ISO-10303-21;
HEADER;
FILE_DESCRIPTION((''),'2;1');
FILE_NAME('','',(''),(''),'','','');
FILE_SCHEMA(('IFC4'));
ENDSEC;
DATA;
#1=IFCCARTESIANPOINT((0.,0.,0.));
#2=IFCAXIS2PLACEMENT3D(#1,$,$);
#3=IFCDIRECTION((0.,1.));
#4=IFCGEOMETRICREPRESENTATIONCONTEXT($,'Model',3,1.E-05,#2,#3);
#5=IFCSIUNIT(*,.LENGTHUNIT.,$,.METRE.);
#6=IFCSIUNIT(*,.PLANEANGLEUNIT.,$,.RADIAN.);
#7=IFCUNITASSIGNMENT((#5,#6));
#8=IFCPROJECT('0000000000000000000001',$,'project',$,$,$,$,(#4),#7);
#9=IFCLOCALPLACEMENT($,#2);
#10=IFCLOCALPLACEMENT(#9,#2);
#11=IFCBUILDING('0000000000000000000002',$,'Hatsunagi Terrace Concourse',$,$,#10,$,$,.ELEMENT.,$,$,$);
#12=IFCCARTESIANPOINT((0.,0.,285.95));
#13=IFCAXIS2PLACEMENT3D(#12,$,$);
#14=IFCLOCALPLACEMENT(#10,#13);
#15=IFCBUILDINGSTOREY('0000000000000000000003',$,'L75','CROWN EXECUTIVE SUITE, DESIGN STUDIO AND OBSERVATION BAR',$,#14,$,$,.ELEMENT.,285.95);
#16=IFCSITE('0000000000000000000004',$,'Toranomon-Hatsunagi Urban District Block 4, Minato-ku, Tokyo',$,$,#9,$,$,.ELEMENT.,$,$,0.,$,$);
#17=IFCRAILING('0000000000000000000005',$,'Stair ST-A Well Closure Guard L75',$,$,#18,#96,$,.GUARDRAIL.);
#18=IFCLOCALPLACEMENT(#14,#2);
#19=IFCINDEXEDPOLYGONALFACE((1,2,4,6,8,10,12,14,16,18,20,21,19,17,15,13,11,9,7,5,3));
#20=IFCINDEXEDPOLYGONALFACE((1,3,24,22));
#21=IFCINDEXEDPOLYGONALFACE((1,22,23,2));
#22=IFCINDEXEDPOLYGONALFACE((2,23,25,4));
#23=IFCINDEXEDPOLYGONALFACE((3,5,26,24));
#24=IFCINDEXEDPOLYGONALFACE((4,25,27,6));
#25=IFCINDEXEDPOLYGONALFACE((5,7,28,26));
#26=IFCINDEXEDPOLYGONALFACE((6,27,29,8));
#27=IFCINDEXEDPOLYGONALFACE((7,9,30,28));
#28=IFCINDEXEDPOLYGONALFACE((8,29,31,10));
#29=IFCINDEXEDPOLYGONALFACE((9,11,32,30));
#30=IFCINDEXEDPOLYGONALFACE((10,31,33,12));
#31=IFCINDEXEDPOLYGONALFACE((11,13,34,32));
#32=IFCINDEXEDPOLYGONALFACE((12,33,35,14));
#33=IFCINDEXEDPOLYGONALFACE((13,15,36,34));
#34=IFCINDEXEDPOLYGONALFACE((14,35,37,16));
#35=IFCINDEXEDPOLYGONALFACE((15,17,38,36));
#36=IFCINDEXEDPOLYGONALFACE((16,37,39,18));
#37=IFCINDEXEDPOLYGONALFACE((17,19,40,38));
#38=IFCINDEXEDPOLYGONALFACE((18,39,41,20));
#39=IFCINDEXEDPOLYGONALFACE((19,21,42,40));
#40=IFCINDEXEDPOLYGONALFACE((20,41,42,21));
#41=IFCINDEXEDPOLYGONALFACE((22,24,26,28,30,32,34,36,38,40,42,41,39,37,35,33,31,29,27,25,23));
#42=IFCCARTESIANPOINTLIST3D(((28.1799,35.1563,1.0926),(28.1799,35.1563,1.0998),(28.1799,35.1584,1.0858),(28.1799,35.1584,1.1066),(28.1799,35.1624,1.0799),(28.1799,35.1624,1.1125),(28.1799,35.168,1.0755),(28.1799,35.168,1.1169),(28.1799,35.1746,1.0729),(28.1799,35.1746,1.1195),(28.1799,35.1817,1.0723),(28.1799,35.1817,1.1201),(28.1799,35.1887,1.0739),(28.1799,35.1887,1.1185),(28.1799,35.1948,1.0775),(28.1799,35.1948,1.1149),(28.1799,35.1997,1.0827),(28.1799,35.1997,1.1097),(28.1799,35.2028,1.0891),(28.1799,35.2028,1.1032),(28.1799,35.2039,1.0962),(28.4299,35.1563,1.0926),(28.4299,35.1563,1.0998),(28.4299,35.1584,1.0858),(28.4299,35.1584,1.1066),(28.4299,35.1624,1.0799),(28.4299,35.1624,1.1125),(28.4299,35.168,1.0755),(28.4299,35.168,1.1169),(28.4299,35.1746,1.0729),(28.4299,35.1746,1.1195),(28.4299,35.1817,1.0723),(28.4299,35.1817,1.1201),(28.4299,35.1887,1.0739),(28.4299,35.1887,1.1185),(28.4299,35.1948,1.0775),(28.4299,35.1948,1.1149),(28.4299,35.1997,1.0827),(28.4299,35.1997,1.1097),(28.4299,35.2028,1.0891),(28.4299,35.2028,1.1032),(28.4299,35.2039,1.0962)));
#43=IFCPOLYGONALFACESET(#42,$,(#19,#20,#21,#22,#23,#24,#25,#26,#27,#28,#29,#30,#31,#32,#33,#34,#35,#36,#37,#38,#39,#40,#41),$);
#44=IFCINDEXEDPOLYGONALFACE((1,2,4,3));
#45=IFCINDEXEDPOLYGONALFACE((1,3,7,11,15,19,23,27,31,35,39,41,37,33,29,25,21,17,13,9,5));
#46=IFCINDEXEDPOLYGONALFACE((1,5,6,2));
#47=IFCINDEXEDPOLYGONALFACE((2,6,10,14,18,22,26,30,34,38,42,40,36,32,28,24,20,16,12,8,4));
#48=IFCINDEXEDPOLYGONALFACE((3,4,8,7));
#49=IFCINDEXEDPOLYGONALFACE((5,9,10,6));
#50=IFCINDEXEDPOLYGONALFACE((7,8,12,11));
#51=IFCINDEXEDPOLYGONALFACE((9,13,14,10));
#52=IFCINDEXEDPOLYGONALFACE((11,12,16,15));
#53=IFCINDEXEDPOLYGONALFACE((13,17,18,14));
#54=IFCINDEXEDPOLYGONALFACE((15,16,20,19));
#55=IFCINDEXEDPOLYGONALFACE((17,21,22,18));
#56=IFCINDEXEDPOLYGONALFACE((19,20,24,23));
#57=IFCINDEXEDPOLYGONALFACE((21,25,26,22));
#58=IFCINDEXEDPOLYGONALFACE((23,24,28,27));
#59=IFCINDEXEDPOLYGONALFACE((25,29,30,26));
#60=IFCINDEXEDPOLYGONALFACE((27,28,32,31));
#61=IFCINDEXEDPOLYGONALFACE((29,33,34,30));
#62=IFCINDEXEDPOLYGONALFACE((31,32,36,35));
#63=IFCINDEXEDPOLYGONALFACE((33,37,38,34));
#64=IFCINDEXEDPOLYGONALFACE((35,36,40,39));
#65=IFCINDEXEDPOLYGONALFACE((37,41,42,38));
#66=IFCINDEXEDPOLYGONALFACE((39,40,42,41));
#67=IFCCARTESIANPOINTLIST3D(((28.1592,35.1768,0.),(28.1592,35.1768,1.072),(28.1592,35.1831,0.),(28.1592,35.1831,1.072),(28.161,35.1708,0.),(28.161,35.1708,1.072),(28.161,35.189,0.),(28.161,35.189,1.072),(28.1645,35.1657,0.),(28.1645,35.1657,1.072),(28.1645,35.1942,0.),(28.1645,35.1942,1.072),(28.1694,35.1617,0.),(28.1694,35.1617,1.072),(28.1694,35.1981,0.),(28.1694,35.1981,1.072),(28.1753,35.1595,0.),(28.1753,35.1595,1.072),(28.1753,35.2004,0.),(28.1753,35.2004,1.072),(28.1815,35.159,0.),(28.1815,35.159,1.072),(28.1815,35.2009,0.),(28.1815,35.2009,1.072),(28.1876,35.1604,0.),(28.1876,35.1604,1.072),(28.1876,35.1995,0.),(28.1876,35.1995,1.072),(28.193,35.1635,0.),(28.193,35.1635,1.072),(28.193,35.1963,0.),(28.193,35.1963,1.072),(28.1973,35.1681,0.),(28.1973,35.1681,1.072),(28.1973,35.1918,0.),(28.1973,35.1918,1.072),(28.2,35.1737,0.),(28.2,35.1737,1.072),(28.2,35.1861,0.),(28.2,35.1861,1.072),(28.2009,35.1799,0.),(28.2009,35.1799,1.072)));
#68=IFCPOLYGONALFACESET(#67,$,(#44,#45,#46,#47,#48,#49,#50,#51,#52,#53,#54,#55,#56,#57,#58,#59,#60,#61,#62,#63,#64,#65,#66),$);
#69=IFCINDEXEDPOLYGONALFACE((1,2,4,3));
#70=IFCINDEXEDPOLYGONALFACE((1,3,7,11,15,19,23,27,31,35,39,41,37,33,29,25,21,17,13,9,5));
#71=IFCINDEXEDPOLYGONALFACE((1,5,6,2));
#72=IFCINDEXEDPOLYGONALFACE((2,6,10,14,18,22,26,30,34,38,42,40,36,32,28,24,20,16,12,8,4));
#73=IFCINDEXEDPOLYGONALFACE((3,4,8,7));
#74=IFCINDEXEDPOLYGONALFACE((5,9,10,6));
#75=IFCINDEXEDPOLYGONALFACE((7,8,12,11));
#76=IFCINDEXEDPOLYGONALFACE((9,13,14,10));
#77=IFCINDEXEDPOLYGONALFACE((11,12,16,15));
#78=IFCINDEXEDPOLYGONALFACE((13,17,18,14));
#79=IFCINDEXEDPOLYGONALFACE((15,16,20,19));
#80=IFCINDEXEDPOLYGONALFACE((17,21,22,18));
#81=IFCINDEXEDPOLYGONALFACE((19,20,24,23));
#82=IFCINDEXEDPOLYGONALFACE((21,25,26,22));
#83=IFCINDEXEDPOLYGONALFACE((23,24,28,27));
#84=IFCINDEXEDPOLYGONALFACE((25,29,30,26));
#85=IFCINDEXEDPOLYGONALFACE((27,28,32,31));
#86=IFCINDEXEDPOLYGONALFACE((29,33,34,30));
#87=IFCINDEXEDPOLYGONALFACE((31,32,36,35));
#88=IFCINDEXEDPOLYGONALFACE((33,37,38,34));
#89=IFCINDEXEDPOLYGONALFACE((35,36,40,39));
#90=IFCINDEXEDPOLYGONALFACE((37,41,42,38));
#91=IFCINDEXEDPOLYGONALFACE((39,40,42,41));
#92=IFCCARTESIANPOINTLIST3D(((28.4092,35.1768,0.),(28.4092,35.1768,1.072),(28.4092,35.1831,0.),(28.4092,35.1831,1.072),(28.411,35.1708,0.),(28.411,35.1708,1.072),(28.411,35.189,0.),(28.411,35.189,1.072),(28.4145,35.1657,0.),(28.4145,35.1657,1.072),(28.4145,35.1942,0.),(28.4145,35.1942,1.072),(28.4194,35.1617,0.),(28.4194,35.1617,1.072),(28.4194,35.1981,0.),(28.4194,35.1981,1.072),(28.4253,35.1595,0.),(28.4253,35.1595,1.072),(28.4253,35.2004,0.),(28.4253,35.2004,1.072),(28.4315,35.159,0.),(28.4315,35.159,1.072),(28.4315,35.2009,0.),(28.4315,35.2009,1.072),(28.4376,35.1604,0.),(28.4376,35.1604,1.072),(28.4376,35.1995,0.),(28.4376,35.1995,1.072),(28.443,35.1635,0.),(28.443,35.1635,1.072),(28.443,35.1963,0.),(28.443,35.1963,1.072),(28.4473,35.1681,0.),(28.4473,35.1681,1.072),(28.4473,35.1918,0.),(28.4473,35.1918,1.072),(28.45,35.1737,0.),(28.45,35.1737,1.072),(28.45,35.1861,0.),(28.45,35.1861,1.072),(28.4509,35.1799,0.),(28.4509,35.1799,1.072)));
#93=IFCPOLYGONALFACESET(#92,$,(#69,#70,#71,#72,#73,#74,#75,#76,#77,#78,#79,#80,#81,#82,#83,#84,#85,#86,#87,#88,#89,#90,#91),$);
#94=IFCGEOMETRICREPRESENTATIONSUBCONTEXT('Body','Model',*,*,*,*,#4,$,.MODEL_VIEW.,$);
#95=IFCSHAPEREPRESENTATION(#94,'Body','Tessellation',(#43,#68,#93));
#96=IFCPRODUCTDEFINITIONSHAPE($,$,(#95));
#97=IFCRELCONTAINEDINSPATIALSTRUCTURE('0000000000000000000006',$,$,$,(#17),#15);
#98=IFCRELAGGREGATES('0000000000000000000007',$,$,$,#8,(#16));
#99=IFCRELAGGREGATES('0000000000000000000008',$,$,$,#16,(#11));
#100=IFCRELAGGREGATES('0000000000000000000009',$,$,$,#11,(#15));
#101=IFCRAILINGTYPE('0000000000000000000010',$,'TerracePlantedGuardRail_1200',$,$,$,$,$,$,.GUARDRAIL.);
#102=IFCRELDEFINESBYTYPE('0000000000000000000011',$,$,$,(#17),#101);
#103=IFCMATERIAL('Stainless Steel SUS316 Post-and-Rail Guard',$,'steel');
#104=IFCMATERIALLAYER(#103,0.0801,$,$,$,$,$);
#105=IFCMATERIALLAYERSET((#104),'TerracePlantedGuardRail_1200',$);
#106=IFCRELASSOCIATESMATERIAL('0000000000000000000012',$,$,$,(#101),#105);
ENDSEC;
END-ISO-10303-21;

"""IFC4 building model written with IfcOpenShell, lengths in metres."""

from ifc_helpers import new_model, si_unit, direction, frame, origin, origin_2d, place, context, subcontext, project, spatial, circle, extrude, material, layer, layer_set, type_object, element, save


model = new_model("IFC4")

# Units and contexts
model_context = context("Model", 3, precision=1e-05, world=origin(), true_north=direction((0.0, 1.0)))
body_context = subcontext(model_context, "Body", "Model", "MODEL_VIEW")
ifc_project = project(units=[si_unit("LENGTHUNIT", "METRE"), si_unit("PLANEANGLEUNIT", "RADIAN")], contexts=[model_context])

# Site, building, storey
site_placement = place(None, origin())
site = spatial("IfcSite", under=ifc_project, at=site_placement, Name="Toranomon-Hatsunagi Urban District Block 4, Minato-ku, Tokyo", CompositionType="ELEMENT", RefElevation=0.0)
building_placement = place(site_placement, origin())
building = spatial("IfcBuilding", under=site, at=building_placement, Name="Hatsunagi Terrace Concourse", CompositionType="ELEMENT")
storey_placement = place(building_placement, frame((0.0, 0.0, 285.95)))
storey = spatial("IfcBuildingStorey", under=building, at=storey_placement, Name="L75", Description="CROWN EXECUTIVE SUITE, DESIGN STUDIO AND OBSERVATION BAR", CompositionType="ELEMENT", Elevation=285.95)

# Railing
ifc_material_1 = material(Name="Stainless Steel SUS316 Post-and-Rail Guard", Category="steel")
ifc_layer_1 = layer(ifc_material_1, 0.0801)
ifc_layer_set_1 = layer_set([ifc_layer_1], Name="TerracePlantedGuardRail_1200")
railing_type_1 = type_object("IfcRailingType", Name="TerracePlantedGuardRail_1200", PredefinedType="GUARDRAIL", material=ifc_layer_set_1)
railing_1_placement = place(storey_placement, frame((28.1799, 35.1799, 0.0)))
element("IfcRailing", 1, at=railing_1_placement, inside=storey, type_object=railing_type_1, Name="Stair ST-A Well Closure Guard L75", PredefinedType="GUARDRAIL", context=body_context, shape_type="SweptSolid", body=[
    extrude(circle(Radius=0.0239, at=origin_2d()), frame((0.0, 0.0, 1.0962), z_axis=(1.0, 0.0, 0.0), x_axis=(0.0, 1.0, 0.0)), (0.0, 0.0, 1.0), 0.25),
    extrude(circle(Radius=0.021, at=origin_2d()), origin(), (0.0, 0.0, 1.0), 1.072),
    extrude(circle(Radius=0.021, at=origin_2d()), frame((0.25, 0.0, 0.0)), (0.0, 0.0, 1.0), 1.072),
])

save(model, "model.ifc")
